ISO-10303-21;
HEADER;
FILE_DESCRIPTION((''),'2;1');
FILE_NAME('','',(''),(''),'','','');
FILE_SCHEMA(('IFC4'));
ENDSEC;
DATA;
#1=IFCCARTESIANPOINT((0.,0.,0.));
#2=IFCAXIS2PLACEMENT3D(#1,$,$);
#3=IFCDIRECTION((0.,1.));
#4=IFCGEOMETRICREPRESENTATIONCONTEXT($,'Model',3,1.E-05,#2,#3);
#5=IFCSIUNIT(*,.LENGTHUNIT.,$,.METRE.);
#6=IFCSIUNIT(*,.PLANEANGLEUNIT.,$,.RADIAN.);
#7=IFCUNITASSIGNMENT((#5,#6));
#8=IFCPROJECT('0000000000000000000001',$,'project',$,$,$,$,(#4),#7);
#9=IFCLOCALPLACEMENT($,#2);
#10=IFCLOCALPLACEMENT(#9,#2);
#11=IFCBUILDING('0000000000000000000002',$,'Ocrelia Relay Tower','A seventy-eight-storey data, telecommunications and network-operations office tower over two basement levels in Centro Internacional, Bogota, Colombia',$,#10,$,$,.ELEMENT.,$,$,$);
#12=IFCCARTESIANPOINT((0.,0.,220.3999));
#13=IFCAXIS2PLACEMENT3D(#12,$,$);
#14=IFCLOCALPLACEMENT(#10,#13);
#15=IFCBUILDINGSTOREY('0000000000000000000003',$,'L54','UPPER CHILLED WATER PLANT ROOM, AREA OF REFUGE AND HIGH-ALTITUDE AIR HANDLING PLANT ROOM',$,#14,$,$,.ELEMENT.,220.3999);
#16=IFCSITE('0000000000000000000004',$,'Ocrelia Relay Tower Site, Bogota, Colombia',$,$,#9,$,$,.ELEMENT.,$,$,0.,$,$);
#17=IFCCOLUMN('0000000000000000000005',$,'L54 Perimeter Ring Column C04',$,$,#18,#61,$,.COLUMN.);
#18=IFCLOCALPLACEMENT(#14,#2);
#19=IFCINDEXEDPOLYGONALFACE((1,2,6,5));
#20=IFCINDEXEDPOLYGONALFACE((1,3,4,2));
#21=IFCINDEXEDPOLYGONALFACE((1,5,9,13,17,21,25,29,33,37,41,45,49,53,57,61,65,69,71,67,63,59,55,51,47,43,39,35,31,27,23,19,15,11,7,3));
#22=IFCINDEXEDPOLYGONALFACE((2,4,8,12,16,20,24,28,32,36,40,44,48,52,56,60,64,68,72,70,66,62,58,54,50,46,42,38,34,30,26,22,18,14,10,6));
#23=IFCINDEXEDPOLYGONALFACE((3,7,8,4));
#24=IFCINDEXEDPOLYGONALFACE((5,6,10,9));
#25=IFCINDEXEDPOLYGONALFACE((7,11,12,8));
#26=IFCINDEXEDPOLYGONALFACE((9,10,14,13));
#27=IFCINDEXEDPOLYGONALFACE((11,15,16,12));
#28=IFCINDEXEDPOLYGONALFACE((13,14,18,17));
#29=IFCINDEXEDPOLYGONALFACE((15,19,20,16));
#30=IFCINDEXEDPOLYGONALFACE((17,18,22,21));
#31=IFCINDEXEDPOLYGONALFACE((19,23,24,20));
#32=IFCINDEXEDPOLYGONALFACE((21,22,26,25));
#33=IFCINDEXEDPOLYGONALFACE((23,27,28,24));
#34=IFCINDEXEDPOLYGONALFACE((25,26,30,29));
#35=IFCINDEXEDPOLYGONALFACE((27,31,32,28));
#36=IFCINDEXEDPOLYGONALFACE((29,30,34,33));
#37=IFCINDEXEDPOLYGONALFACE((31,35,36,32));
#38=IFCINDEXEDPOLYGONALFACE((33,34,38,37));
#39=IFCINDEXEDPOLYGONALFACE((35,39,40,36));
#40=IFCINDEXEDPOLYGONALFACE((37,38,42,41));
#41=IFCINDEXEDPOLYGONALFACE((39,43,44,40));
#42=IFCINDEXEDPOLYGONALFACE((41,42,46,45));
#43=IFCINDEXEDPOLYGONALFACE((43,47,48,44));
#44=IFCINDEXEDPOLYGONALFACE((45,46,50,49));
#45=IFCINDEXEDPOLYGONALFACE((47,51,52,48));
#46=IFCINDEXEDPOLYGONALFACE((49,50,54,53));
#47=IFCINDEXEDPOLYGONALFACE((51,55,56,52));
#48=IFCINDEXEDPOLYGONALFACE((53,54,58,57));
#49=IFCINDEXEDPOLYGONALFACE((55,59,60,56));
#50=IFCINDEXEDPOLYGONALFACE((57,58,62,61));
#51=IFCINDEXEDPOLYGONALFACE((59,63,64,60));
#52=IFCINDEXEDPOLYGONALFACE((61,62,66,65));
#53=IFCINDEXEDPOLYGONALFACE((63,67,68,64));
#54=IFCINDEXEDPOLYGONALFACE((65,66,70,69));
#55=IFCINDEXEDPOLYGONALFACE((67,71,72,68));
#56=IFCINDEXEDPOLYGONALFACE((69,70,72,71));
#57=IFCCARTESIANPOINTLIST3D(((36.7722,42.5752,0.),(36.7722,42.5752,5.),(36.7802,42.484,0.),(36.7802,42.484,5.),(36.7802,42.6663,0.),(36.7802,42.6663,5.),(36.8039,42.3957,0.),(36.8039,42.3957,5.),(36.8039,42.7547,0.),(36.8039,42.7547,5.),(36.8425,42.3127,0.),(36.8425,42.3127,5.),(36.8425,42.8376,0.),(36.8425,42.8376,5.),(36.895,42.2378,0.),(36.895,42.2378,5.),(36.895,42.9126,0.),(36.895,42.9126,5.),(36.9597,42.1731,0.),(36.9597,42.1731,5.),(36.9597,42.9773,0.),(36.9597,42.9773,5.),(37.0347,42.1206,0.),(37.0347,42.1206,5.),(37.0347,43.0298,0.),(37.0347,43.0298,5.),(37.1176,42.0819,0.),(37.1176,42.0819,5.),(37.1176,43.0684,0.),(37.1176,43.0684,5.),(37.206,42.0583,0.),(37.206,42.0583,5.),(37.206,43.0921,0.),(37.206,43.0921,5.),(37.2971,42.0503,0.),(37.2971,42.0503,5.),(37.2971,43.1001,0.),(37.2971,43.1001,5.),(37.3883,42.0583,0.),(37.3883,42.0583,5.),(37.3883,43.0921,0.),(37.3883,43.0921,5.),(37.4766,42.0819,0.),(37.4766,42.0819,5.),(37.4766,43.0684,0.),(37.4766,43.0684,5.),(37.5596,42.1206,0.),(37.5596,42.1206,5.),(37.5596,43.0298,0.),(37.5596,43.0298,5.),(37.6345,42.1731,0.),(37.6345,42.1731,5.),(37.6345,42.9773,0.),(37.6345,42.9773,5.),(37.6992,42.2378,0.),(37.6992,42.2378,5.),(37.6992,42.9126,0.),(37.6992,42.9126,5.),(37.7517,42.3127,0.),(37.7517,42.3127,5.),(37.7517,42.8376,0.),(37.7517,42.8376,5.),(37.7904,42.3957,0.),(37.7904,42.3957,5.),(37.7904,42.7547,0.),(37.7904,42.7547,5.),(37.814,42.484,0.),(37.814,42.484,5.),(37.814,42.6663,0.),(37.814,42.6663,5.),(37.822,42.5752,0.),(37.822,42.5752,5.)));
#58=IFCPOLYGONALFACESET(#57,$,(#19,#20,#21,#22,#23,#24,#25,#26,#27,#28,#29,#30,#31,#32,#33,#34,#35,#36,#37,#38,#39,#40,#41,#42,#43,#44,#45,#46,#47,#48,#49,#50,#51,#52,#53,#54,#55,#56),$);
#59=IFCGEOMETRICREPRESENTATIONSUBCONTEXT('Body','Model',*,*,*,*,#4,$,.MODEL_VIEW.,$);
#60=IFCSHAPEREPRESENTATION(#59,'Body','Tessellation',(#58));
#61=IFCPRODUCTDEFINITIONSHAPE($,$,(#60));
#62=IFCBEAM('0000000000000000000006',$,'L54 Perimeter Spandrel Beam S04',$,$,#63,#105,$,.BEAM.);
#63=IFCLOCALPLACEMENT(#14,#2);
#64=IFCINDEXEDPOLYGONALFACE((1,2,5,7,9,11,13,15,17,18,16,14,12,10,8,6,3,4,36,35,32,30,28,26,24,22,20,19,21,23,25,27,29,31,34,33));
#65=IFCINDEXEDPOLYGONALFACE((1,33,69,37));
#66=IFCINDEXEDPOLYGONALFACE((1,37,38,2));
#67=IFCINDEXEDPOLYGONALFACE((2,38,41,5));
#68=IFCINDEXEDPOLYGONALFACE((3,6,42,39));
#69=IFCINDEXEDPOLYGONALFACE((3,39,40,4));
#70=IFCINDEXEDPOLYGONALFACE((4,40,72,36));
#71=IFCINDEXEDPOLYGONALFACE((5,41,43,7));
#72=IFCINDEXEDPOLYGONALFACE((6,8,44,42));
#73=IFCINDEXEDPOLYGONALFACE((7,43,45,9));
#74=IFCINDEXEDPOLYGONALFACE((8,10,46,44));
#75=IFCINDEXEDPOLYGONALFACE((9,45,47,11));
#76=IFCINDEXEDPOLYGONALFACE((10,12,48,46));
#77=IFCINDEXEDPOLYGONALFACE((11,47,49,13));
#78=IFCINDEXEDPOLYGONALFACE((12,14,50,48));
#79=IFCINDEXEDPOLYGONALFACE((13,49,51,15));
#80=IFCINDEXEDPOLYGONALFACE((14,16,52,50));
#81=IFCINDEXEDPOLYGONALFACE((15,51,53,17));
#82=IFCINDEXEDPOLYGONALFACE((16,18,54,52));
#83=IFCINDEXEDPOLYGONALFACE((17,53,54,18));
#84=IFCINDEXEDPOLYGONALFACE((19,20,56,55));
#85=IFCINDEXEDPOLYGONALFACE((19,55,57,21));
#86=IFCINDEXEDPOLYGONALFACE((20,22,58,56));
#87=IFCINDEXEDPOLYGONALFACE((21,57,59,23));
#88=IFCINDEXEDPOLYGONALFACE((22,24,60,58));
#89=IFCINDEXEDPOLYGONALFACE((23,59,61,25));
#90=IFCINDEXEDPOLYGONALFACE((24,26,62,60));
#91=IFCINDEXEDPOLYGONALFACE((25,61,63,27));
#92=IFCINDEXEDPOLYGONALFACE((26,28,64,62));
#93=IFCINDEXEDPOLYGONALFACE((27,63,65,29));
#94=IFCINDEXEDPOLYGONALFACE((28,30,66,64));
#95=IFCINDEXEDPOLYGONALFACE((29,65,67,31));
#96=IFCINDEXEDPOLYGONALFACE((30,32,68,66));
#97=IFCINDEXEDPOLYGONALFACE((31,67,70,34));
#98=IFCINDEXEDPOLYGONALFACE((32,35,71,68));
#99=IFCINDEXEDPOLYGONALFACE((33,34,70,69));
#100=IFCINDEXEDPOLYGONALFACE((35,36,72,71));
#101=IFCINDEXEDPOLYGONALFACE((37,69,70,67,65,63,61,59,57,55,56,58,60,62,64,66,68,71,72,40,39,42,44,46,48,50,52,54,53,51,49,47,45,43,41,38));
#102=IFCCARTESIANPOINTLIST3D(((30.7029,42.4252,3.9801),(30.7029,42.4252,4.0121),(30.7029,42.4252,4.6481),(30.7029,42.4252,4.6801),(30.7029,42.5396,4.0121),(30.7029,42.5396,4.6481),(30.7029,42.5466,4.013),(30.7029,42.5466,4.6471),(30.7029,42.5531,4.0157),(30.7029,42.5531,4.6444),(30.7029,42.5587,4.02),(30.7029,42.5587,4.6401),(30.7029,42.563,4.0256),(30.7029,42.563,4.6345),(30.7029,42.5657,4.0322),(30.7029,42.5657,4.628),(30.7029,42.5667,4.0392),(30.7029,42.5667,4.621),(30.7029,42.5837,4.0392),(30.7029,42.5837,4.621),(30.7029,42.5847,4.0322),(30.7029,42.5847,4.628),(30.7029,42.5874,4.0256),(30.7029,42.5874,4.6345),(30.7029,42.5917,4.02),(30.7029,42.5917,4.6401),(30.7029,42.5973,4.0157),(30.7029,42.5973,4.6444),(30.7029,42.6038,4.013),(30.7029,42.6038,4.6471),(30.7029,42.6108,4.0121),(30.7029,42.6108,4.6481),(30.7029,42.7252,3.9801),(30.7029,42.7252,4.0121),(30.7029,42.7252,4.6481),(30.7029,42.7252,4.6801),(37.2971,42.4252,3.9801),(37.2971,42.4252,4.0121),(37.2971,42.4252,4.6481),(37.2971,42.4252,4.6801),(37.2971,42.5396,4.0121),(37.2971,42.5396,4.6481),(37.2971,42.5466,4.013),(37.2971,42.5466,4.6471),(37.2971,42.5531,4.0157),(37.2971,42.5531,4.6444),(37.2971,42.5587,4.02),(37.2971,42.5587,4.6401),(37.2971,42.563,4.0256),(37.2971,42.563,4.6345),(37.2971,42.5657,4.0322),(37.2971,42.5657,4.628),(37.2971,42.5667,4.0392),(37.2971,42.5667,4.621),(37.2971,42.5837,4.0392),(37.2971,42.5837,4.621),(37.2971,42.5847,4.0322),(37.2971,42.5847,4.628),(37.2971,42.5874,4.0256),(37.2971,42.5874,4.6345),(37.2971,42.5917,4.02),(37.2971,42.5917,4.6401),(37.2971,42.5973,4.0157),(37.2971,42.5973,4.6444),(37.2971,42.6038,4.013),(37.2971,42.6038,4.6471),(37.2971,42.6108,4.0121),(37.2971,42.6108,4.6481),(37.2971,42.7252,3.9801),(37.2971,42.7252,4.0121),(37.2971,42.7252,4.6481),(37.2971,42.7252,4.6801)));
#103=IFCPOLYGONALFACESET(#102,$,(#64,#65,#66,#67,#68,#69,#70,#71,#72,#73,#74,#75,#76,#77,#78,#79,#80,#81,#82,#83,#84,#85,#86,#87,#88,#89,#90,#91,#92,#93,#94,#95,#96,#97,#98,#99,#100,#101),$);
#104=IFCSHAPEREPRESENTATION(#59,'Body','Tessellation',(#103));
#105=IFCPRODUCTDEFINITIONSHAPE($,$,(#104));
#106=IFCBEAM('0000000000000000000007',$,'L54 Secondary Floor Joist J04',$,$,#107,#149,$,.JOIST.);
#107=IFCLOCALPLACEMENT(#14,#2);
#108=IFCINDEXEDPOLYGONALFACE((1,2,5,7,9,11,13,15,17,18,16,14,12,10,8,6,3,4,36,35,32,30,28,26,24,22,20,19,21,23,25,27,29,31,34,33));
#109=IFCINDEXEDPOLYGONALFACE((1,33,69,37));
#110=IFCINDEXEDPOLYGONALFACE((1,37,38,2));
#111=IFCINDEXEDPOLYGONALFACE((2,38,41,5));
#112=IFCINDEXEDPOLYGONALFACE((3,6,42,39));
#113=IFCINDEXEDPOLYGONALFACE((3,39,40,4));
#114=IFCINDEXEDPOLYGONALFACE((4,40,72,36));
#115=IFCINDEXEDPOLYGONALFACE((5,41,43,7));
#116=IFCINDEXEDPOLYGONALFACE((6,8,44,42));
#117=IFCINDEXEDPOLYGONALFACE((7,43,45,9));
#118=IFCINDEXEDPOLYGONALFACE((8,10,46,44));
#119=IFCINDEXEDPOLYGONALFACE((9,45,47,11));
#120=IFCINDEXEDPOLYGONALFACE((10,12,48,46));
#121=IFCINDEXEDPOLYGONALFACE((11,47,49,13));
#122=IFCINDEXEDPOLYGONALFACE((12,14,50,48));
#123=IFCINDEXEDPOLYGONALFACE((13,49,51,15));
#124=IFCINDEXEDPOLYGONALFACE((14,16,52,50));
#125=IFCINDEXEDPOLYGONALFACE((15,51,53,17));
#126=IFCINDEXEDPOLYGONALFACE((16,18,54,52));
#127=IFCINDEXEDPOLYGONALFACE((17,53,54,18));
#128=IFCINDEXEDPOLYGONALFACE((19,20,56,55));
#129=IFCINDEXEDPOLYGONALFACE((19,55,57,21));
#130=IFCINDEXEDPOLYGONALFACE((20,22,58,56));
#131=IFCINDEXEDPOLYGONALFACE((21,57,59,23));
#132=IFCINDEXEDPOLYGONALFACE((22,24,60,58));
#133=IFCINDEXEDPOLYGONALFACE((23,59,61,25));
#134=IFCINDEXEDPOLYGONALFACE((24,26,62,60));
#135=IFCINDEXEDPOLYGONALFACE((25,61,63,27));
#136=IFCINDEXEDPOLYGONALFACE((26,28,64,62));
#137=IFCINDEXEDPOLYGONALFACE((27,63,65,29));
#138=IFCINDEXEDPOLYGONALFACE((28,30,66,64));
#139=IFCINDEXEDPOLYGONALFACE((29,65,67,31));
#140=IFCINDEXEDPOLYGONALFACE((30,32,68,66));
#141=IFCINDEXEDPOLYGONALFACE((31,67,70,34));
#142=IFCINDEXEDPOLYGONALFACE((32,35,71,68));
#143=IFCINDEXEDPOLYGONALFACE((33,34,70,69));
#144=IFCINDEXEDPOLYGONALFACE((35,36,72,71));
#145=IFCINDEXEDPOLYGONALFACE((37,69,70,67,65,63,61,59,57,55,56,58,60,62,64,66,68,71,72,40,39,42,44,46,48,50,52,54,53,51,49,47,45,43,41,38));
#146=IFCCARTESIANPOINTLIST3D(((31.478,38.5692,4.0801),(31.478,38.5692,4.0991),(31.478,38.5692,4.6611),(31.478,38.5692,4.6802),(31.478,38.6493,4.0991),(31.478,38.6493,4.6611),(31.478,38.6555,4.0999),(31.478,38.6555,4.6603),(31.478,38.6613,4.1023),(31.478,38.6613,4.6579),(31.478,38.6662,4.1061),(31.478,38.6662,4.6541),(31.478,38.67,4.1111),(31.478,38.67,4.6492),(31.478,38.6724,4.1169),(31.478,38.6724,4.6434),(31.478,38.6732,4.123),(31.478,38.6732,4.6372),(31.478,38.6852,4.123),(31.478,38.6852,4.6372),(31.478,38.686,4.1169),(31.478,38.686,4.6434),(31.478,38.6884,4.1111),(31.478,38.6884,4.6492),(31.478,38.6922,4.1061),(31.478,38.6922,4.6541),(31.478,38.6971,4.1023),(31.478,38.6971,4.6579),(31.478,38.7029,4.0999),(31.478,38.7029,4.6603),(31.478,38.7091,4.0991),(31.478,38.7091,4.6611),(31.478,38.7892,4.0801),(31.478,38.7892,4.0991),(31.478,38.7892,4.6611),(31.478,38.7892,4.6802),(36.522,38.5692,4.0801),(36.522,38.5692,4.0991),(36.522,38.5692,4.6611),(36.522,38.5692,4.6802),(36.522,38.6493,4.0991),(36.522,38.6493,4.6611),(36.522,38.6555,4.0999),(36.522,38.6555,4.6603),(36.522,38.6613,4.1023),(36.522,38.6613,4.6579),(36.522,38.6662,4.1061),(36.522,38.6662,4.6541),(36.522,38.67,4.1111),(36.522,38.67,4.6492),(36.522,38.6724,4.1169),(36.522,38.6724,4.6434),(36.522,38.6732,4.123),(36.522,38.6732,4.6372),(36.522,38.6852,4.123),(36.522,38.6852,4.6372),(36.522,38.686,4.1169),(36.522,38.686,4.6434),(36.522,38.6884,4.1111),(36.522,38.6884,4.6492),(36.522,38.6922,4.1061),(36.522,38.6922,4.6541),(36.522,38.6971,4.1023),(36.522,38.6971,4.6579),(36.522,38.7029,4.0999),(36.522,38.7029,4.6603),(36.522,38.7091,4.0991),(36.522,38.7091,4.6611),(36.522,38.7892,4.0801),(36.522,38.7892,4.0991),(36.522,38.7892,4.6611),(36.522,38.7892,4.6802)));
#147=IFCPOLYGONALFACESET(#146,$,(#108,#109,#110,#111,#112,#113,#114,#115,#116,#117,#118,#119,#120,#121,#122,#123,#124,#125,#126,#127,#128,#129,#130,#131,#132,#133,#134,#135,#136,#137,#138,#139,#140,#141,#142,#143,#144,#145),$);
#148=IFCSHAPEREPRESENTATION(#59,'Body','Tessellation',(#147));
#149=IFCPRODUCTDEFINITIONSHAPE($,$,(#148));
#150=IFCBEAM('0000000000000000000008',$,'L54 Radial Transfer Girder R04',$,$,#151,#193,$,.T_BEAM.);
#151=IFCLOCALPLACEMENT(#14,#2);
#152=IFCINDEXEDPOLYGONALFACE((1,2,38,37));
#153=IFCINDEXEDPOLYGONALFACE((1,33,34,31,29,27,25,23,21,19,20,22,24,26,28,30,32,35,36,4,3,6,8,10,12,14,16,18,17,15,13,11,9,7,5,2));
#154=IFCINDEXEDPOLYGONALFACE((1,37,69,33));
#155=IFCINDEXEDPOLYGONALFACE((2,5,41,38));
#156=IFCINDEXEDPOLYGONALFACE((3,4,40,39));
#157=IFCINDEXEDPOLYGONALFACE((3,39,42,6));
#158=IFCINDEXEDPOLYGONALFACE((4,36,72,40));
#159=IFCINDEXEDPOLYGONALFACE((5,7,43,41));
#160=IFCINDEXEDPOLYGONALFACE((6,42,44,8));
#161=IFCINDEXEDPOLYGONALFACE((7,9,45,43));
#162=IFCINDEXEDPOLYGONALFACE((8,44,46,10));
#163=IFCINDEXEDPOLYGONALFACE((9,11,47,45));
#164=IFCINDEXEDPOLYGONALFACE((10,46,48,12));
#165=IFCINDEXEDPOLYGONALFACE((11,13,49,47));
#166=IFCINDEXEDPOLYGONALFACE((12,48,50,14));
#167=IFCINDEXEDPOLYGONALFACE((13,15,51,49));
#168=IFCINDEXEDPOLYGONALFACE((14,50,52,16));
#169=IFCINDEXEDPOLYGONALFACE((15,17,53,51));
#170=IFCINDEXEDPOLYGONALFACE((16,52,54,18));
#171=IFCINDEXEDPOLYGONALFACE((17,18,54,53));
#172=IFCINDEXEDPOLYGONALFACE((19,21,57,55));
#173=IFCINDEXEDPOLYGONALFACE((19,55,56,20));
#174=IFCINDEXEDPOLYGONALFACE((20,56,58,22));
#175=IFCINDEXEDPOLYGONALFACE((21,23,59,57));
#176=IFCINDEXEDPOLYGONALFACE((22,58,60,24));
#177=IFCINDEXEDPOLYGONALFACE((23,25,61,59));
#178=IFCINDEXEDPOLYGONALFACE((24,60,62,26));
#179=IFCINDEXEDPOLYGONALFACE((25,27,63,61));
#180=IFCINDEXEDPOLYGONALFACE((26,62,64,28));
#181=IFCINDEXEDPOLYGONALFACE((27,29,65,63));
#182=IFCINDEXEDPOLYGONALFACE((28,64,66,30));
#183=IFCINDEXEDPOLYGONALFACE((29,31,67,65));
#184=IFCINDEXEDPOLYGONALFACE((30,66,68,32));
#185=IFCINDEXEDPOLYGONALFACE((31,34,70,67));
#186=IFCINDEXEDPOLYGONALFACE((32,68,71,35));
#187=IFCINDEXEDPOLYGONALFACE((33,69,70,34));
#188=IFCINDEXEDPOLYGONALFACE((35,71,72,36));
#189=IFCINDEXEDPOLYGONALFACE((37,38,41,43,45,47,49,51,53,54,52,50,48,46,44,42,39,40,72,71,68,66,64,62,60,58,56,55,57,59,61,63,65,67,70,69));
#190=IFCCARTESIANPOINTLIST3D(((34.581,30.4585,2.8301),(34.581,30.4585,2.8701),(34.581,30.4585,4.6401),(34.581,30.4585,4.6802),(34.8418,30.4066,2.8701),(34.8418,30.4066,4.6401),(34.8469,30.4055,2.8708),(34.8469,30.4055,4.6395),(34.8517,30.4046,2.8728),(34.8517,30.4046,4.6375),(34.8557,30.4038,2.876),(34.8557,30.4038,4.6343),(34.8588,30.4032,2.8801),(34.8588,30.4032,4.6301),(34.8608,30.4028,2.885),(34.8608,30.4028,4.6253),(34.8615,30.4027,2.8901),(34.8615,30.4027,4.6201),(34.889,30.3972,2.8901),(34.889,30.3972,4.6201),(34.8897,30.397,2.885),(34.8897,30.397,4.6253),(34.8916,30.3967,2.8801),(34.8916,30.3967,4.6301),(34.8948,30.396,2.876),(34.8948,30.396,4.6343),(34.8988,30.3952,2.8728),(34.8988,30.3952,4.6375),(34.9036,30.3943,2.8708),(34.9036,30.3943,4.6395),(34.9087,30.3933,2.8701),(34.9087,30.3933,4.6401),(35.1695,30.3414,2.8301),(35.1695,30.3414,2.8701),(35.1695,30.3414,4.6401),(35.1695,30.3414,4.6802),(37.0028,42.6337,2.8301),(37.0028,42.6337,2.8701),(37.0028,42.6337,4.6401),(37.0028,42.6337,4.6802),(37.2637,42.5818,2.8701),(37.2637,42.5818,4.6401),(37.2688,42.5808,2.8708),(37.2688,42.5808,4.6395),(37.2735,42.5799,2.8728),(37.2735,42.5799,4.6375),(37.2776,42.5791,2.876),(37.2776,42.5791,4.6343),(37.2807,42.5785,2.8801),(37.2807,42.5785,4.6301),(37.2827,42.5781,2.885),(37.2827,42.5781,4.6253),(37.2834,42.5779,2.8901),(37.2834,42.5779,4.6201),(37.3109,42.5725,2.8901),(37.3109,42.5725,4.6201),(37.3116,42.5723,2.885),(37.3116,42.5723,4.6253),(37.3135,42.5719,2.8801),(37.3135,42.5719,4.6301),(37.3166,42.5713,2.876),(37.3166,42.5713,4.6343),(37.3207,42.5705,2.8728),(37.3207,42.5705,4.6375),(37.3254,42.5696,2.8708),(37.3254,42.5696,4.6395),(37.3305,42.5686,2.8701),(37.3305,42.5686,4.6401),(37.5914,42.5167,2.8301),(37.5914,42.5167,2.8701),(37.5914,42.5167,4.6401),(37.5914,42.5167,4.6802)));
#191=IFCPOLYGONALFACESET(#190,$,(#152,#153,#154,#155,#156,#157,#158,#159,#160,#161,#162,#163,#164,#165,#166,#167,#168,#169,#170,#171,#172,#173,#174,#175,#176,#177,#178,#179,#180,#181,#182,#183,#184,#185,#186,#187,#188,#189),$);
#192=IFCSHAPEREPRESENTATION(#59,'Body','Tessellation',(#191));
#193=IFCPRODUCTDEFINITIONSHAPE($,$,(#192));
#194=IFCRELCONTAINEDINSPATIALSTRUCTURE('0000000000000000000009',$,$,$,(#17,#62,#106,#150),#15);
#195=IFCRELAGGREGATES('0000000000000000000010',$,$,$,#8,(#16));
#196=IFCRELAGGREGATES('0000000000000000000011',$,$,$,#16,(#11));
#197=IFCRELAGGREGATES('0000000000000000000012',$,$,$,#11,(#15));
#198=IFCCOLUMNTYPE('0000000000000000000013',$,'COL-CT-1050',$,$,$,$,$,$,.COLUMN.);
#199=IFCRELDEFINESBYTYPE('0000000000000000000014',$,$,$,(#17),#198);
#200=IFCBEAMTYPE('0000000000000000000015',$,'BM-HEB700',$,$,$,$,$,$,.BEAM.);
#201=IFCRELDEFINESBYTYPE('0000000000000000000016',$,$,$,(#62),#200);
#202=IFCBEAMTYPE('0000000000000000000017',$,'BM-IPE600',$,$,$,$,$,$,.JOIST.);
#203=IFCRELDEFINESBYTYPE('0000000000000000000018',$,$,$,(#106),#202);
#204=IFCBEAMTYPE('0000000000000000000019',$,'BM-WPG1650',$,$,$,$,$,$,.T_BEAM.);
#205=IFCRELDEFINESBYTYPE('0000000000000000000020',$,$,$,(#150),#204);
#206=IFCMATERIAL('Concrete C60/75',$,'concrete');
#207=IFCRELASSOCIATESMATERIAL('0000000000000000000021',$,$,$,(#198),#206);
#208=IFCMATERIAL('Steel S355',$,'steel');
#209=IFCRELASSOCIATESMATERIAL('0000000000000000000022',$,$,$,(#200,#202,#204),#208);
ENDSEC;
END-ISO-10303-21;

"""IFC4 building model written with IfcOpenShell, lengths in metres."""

from ifc_helpers import new_model, si_unit, direction, frame, origin, origin_2d, place, context, subcontext, project, spatial, circle, i_section, extrude, material, material_profile, profile_set, type_object, element, save


model = new_model("IFC4")

# Units and contexts
model_context = context("Model", 3, precision=1e-05, world=origin(), true_north=direction((0.0, 1.0)))
body_context = subcontext(model_context, "Body", "Model", "MODEL_VIEW")
ifc_project = project(units=[si_unit("LENGTHUNIT", "METRE"), si_unit("PLANEANGLEUNIT", "RADIAN")], contexts=[model_context])

# Site, building, storey
site_placement = place(None, origin())
site = spatial("IfcSite", under=ifc_project, at=site_placement, Name="Ocrelia Relay Tower Site, Bogota, Colombia", CompositionType="ELEMENT", RefElevation=0.0)
building_placement = place(site_placement, origin())
building = spatial("IfcBuilding", under=site, at=building_placement, Name="Ocrelia Relay Tower", Description="A seventy-eight-storey data, telecommunications and network-operations office tower over two basement levels in Centro Internacional, Bogota, Colombia", CompositionType="ELEMENT")
storey_placement = place(building_placement, frame((0.0, 0.0, 220.3999)))
storey = spatial("IfcBuildingStorey", under=building, at=storey_placement, Name="L54", Description="UPPER CHILLED WATER PLANT ROOM, AREA OF REFUGE AND HIGH-ALTITUDE AIR HANDLING PLANT ROOM", CompositionType="ELEMENT", Elevation=220.3999)

# Column
ifc_material_1 = material(Name="Concrete C60/75", Category="concrete")
ifc_material_profile_1 = material_profile(ifc_material_1, circle(Radius=0.5249, at=origin_2d()), Name="RC-CIR-1050")
ifc_profile_set_1 = profile_set([ifc_material_profile_1], Name="Concrete C60/75")
column_type = type_object("IfcColumnType", Name="COL-CT-1050", PredefinedType="COLUMN", material=ifc_profile_set_1)
column_placement = place(storey_placement, frame((37.2971, 42.5752, 0.0), z_axis=(0.0, 0.0, 1.0), x_axis=(1.0, 0.0, 0.0)))
element("IfcColumn", 1, at=column_placement, inside=storey, type_object=column_type, Name="L54 Perimeter Ring Column C04", PredefinedType="COLUMN", context=body_context, shape_type="SweptSolid", body=[
    extrude(circle(Radius=0.5249, at=origin_2d()), origin(), (0.0, 0.0, 1.0), 5.0),
])

# Beams
ifc_material_2 = material(Name="Steel S355", Category="steel")
ifc_material_profile_2 = material_profile(ifc_material_2, i_section(OverallWidth=0.3, OverallDepth=0.7, WebThickness=0.0171, FlangeThickness=0.032, FilletRadius=0.0271, at=origin_2d()), Name="HEB 700")
ifc_profile_set_2 = profile_set([ifc_material_profile_2], Name="Steel S355")
beam_type_1 = type_object("IfcBeamType", Name="BM-HEB700", PredefinedType="BEAM", material=ifc_profile_set_2)
beam_1_placement = place(storey_placement, frame((37.2971, 42.5752, 4.3301), z_axis=(-1.0, 0.0, 0.0), x_axis=(0.0, -1.0, 0.0)))
element("IfcBeam", 2, at=beam_1_placement, inside=storey, type_object=beam_type_1, Name="L54 Perimeter Spandrel Beam S04", PredefinedType="BEAM", context=body_context, shape_type="SweptSolid", body=[
    extrude(i_section(OverallWidth=0.3, OverallDepth=0.7, WebThickness=0.0171, FlangeThickness=0.032, FilletRadius=0.0271, at=origin_2d()), origin(), (0.0, 0.0, 1.0), 6.5942),
])
ifc_material_profile_3 = material_profile(ifc_material_2, i_section(OverallWidth=0.22, OverallDepth=0.6001, WebThickness=0.012, FlangeThickness=0.019, FilletRadius=0.0239, at=origin_2d()), Name="IPE 600")
ifc_profile_set_3 = profile_set([ifc_material_profile_3], Name="Steel S355")
beam_type_2 = type_object("IfcBeamType", Name="BM-IPE600", PredefinedType="JOIST", material=ifc_profile_set_3)
beam_2_placement = place(storey_placement, frame((36.522, 38.6792, 4.3801), z_axis=(-1.0, 0.0, 0.0), x_axis=(0.0, -1.0, 0.0)))
element("IfcBeam", 3, at=beam_2_placement, inside=storey, type_object=beam_type_2, Name="L54 Secondary Floor Joist J04", PredefinedType="JOIST", context=body_context, shape_type="SweptSolid", body=[
    extrude(i_section(OverallWidth=0.22, OverallDepth=0.6001, WebThickness=0.012, FlangeThickness=0.019, FilletRadius=0.0239, at=origin_2d()), origin(), (0.0, 0.0, 1.0), 5.0439),
])
ifc_material_profile_4 = material_profile(ifc_material_2, i_section(OverallWidth=0.6001, OverallDepth=1.8501, WebThickness=0.0281, FlangeThickness=0.04, FilletRadius=0.02, at=origin_2d()), Name="WPG 1850x600")
ifc_profile_set_4 = profile_set([ifc_material_profile_4], Name="Steel S355")
beam_type_3 = type_object("IfcBeamType", Name="BM-WPG1650", PredefinedType="T_BEAM", material=ifc_profile_set_4)
beam_3_placement = place(storey_placement, frame((37.2971, 42.5752, 3.7551), z_axis=(-0.195095, -0.980784, 0.0), x_axis=(0.980784, -0.195095, 0.0)))
element("IfcBeam", 4, at=beam_3_placement, inside=storey, type_object=beam_type_3, Name="L54 Radial Transfer Girder R04", PredefinedType="T_BEAM", context=body_context, shape_type="SweptSolid", body=[
    extrude(i_section(OverallWidth=0.6001, OverallDepth=1.8501, WebThickness=0.0281, FlangeThickness=0.04, FilletRadius=0.02, at=origin_2d()), origin(), (0.0, 0.0, 1.0), 12.4138),
])

save(model, "model.ifc")
